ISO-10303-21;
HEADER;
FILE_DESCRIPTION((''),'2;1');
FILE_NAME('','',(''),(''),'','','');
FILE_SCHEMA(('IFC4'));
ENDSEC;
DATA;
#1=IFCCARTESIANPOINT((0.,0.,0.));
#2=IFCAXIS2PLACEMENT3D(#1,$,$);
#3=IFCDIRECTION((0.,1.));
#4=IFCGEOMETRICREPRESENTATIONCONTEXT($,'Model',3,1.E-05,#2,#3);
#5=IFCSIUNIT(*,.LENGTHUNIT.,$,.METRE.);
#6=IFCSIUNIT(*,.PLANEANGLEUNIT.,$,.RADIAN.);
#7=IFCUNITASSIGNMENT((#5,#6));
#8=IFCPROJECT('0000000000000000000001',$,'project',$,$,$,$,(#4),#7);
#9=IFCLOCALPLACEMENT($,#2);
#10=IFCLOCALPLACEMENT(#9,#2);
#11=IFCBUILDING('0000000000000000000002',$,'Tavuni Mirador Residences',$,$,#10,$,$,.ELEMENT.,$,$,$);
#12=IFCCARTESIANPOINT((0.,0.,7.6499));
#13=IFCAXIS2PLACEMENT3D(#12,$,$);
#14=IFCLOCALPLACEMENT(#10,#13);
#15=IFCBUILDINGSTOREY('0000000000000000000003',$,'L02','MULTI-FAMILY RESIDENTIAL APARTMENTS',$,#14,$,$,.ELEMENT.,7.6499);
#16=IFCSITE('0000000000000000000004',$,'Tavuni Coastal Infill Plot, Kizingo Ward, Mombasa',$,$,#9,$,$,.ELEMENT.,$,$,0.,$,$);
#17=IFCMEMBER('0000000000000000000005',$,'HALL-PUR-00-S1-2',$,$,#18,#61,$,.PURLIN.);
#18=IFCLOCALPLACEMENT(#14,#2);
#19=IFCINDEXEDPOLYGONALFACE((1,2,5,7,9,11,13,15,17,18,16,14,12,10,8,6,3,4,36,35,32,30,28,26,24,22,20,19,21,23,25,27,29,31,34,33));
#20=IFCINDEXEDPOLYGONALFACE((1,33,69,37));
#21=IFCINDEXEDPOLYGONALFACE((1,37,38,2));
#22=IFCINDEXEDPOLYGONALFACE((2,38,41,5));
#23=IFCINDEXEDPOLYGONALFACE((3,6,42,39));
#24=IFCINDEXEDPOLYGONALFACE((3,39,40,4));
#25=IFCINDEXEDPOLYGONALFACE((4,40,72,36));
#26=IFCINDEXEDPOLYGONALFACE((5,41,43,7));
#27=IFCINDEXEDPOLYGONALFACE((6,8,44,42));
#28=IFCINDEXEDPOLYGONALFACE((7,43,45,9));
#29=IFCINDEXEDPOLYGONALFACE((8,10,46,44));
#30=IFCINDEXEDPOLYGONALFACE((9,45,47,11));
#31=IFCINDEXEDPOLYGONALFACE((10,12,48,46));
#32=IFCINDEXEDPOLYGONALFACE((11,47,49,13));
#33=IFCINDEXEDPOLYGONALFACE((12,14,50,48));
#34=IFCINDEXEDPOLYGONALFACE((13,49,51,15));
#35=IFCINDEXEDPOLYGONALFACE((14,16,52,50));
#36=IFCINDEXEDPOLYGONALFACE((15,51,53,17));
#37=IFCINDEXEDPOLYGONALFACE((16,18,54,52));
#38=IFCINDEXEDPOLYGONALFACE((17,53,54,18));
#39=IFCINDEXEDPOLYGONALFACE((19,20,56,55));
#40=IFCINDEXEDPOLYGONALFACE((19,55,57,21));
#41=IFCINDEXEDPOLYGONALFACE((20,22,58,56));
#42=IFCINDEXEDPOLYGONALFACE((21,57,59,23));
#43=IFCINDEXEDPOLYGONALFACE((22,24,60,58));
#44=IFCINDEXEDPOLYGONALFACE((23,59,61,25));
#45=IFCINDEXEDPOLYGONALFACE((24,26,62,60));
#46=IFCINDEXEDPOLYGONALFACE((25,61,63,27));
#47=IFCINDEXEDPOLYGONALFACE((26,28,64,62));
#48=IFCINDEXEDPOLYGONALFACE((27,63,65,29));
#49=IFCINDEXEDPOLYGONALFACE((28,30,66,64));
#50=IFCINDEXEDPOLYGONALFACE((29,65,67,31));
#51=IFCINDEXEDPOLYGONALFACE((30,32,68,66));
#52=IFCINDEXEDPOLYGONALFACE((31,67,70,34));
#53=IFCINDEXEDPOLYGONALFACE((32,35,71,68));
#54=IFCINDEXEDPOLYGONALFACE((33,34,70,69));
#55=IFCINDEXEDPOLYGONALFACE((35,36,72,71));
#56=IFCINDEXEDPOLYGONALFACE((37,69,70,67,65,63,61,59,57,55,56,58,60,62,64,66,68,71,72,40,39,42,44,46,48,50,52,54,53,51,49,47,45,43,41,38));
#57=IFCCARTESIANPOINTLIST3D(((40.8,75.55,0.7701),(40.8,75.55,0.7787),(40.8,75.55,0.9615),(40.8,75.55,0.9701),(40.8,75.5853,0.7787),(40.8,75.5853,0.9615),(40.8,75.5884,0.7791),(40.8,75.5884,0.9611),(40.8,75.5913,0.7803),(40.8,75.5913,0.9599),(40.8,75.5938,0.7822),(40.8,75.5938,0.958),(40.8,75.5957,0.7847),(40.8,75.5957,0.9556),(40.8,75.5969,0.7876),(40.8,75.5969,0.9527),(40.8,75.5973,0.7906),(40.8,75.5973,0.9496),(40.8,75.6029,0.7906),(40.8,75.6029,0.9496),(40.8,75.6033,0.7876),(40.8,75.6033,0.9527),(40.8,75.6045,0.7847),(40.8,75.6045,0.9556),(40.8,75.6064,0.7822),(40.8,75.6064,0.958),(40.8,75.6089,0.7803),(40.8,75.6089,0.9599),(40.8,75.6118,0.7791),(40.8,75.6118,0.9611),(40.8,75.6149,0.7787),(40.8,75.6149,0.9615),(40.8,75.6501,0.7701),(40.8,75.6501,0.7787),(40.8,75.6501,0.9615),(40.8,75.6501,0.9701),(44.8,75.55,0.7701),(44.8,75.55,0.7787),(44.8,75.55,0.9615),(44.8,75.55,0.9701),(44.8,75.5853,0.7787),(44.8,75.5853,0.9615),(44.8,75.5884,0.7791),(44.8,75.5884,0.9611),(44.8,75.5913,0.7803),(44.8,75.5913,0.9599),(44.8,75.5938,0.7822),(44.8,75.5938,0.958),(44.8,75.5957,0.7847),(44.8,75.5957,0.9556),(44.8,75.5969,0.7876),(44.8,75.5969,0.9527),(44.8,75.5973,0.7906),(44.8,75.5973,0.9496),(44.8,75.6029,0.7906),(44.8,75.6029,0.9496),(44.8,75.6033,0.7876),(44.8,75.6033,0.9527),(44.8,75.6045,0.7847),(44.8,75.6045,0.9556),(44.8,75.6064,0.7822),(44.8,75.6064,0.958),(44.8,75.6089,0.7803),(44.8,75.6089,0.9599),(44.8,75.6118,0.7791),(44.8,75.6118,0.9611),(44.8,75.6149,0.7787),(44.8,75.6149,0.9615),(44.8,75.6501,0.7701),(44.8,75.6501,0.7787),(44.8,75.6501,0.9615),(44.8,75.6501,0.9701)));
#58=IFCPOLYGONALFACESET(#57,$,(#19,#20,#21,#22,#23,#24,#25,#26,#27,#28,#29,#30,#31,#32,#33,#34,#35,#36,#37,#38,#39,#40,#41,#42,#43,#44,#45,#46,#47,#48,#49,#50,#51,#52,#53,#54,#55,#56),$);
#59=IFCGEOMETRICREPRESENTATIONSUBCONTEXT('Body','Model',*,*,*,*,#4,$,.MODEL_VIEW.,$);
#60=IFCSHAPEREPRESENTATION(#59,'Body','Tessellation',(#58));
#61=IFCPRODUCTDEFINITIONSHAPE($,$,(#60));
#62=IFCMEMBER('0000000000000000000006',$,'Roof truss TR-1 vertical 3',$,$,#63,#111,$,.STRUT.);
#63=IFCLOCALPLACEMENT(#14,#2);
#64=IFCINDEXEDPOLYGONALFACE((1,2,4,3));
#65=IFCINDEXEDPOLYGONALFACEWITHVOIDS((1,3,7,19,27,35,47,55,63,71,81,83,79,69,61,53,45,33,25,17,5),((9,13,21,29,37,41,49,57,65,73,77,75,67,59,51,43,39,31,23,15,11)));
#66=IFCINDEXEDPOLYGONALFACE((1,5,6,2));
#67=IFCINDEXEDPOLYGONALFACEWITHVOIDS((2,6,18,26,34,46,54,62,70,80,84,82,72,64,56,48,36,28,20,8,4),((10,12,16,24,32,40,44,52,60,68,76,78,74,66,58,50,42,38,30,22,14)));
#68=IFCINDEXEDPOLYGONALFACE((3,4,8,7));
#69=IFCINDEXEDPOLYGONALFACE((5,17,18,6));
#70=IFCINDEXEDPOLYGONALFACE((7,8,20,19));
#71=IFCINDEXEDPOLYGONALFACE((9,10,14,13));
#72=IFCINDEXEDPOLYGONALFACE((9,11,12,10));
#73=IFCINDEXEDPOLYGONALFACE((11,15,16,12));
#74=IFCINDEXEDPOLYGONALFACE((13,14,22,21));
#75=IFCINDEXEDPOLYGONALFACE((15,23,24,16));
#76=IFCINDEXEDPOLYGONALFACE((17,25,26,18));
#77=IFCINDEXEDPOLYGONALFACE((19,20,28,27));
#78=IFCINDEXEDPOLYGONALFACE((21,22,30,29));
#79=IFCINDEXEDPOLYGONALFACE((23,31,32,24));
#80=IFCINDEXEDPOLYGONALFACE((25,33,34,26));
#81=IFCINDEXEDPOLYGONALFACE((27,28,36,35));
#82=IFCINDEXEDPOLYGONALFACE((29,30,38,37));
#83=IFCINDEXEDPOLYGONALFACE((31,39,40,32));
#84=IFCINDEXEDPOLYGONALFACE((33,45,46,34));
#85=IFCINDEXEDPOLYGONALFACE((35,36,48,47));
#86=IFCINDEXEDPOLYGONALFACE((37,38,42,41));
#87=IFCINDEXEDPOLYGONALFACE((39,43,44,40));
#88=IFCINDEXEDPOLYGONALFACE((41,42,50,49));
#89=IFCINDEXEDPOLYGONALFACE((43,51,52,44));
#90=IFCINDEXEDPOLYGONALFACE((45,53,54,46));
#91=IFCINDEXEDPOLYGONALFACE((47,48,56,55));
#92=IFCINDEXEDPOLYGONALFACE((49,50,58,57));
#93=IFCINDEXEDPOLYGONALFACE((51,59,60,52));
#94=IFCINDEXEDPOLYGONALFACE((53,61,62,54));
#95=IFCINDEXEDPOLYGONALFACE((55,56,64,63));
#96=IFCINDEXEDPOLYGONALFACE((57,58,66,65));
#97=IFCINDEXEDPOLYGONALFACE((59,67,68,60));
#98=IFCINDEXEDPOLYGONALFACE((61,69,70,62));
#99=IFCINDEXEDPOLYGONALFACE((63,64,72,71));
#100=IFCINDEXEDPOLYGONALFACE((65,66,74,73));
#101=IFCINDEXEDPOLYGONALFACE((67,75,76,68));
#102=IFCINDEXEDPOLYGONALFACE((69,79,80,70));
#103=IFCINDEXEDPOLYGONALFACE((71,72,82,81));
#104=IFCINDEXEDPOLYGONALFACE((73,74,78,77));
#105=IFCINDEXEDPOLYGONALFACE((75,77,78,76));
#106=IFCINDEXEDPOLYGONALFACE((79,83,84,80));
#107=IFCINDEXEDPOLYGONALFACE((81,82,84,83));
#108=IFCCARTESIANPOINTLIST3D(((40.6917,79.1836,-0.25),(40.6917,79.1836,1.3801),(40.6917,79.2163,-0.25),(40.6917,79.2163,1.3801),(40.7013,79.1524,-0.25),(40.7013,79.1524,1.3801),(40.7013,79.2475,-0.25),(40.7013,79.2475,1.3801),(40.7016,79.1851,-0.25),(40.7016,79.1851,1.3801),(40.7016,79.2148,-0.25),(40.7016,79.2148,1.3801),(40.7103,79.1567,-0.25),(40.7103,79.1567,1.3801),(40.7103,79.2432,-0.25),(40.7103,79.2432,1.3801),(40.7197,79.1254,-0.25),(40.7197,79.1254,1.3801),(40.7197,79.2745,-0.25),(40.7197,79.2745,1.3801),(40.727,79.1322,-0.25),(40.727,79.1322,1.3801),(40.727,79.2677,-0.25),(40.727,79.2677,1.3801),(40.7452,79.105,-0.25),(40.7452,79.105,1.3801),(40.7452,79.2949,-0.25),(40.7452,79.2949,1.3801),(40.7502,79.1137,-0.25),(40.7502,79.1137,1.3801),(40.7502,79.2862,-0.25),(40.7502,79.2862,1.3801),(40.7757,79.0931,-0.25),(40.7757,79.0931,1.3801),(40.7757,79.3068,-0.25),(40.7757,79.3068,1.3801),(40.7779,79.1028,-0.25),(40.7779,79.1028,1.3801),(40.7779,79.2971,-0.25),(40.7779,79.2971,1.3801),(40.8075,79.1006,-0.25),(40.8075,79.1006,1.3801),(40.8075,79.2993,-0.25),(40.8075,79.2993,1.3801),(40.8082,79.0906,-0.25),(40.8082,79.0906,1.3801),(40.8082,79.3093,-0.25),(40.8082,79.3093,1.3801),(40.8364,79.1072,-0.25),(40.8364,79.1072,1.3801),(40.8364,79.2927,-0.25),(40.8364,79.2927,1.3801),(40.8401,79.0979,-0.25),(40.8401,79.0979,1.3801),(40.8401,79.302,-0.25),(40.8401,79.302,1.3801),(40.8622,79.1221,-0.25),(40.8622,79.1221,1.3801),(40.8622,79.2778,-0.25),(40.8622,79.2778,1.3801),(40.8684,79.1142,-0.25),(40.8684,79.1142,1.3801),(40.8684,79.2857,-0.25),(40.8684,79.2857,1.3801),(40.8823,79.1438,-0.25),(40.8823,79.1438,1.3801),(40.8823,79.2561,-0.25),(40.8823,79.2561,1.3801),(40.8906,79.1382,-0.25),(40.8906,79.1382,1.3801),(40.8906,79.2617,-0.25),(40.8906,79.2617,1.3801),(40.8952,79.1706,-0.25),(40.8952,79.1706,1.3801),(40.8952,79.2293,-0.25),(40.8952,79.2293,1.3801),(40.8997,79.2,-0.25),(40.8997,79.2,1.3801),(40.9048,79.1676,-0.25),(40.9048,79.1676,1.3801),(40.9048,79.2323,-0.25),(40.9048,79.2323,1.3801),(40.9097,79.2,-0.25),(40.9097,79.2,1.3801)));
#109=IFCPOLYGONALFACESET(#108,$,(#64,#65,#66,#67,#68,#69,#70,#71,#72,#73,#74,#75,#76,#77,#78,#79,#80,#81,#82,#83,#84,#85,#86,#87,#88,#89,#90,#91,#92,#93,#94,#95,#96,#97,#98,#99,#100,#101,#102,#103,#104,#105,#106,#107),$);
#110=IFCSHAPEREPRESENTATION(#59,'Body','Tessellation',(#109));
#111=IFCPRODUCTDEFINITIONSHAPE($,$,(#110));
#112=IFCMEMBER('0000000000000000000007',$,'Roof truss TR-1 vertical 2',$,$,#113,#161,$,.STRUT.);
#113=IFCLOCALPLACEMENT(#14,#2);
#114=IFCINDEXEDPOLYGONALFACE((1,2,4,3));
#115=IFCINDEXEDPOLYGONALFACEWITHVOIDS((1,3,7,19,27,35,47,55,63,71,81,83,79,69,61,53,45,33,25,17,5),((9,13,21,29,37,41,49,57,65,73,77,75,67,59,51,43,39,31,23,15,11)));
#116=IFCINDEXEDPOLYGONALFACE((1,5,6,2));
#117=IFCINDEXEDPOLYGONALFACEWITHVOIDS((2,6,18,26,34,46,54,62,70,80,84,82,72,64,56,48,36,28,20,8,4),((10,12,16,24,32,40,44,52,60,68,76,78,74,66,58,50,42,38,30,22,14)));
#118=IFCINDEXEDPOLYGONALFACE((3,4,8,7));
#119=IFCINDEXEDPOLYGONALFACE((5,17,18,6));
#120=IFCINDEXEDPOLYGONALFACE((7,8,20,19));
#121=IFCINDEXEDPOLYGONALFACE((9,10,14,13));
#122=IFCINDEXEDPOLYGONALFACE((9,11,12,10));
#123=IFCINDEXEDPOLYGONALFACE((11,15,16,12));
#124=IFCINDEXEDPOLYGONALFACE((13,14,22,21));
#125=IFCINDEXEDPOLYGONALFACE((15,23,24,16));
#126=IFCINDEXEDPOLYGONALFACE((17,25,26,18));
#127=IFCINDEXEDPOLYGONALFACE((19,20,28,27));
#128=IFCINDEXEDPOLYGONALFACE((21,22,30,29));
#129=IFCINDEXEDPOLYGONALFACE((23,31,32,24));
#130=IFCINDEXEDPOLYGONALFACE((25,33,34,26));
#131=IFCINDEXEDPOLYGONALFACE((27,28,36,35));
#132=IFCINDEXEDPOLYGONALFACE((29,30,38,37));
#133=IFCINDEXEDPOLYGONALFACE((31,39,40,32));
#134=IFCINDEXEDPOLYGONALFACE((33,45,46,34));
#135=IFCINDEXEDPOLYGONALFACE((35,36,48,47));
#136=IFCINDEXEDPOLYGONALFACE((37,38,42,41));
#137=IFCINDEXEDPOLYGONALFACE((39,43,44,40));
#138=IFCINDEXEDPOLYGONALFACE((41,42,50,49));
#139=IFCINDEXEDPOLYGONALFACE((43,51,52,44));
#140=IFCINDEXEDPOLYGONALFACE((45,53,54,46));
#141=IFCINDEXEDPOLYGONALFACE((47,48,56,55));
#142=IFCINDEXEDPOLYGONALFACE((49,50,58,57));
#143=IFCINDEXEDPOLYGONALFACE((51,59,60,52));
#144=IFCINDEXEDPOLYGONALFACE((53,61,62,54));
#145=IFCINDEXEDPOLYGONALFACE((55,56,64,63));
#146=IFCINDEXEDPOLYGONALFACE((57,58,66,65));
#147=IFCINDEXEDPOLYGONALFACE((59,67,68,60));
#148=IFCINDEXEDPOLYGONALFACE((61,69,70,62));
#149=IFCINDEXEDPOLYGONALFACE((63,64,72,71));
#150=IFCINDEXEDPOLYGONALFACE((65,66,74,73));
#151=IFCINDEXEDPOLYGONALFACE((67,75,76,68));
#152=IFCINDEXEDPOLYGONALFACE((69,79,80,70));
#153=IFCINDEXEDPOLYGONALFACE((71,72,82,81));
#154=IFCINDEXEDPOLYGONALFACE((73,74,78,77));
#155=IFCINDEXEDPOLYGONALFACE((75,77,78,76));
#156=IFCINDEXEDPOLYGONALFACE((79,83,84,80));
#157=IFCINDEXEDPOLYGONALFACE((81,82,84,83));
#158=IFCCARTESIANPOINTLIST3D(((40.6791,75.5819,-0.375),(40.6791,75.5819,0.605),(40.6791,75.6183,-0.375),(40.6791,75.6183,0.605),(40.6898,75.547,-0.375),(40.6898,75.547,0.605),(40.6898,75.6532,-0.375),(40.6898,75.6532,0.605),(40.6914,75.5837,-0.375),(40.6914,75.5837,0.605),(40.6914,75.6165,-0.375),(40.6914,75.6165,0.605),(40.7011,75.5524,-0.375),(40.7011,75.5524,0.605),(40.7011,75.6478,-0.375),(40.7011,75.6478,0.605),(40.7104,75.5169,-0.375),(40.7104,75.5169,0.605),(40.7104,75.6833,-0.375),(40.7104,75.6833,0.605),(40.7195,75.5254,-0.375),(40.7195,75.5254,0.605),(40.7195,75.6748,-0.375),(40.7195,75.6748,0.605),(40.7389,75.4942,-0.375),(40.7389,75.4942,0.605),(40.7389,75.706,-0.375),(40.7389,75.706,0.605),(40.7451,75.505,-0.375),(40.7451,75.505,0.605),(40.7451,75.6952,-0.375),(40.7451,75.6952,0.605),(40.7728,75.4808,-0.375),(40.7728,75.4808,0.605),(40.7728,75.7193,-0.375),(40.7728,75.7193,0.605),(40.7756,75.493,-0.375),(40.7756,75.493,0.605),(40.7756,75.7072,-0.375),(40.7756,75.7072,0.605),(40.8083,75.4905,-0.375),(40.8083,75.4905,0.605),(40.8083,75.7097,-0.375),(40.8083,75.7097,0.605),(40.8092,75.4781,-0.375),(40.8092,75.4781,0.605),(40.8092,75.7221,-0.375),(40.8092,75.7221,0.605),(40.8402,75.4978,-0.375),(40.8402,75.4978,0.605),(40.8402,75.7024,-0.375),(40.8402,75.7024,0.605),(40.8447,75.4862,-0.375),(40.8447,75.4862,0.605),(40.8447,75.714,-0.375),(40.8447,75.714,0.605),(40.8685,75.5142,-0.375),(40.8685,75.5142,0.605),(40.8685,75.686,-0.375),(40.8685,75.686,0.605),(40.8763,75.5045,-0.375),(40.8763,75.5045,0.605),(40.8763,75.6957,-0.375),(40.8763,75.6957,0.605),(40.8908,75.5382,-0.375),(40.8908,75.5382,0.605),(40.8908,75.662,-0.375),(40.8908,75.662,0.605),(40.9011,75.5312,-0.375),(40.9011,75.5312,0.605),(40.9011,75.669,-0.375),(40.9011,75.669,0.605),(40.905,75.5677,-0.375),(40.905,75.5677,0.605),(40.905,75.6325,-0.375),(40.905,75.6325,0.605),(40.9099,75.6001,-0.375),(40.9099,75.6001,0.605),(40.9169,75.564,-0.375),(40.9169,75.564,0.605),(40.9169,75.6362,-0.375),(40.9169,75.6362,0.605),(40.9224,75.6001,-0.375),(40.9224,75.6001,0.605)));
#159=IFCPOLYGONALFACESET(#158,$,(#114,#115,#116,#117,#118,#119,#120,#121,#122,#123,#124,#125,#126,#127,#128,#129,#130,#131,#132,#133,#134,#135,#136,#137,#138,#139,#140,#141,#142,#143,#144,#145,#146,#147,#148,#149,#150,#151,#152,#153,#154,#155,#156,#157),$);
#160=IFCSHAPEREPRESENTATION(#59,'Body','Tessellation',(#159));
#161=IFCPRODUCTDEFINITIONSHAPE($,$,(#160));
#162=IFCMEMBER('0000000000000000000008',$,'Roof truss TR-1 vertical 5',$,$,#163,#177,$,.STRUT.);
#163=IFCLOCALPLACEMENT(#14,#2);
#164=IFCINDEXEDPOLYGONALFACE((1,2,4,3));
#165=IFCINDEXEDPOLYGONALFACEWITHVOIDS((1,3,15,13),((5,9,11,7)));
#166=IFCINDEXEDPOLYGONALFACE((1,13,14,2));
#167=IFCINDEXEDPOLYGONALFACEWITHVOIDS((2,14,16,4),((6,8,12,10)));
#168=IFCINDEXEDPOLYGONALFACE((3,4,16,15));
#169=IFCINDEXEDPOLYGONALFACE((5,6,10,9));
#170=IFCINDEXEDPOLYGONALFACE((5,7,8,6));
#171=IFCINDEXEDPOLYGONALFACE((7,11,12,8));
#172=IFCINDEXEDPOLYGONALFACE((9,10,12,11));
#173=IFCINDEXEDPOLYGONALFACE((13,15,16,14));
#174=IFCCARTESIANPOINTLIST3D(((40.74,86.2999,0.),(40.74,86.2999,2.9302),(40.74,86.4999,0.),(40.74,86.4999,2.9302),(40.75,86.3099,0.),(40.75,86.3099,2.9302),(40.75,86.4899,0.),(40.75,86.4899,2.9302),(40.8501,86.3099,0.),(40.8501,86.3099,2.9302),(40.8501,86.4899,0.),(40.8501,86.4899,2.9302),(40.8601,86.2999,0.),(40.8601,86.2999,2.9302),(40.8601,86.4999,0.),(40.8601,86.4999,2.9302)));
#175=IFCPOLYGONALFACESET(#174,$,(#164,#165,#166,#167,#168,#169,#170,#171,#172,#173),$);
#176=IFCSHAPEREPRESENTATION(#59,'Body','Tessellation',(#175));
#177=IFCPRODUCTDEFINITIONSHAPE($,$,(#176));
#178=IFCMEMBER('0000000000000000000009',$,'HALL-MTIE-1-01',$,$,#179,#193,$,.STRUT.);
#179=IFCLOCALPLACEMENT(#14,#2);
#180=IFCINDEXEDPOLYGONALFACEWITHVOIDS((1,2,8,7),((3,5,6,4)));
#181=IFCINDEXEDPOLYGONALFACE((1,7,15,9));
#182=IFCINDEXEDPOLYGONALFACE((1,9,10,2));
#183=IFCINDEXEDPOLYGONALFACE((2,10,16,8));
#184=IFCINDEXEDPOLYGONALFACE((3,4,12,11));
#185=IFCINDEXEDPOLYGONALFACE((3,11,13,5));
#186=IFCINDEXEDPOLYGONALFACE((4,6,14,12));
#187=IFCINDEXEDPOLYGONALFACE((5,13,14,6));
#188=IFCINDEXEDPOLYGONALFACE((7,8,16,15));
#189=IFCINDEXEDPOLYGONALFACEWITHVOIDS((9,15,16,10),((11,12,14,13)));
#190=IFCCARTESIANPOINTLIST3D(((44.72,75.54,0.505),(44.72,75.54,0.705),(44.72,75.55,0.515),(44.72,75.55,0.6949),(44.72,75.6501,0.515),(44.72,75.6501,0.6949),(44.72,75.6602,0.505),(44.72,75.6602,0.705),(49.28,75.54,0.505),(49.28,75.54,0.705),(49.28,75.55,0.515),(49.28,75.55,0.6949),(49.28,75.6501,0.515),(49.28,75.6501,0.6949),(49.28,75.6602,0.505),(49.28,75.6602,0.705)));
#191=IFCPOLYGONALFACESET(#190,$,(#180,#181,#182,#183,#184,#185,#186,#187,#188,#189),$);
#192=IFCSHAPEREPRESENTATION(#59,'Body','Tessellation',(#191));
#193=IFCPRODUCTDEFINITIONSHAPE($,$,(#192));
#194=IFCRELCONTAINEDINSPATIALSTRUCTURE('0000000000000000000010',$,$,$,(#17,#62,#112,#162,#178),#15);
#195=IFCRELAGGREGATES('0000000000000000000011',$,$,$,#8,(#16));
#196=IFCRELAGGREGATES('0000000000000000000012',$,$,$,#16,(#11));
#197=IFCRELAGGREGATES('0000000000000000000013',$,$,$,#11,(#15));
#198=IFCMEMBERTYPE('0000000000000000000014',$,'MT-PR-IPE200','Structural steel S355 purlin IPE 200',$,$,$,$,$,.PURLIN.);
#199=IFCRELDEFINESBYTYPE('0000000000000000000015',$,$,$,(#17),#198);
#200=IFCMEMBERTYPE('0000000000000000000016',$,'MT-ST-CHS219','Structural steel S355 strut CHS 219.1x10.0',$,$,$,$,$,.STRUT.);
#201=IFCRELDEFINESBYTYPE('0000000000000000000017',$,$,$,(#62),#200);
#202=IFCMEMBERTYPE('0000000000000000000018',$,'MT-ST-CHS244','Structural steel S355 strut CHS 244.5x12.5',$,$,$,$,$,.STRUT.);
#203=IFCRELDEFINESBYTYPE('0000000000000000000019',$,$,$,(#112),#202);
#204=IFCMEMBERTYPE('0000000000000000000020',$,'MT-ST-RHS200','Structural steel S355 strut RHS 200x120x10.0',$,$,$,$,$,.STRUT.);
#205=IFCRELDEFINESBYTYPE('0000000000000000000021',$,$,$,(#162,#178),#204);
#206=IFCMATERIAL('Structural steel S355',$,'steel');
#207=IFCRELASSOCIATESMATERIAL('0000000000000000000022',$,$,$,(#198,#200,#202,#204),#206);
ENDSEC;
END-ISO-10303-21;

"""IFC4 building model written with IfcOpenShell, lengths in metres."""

from ifc_helpers import new_model, si_unit, direction, frame, origin, origin_2d, place, context, subcontext, project, spatial, hollow_rectangle, hollow_circle, i_section, extrude, material, material_profile, profile_set, type_object, element, save


model = new_model("IFC4")

# Units and contexts
model_context = context("Model", 3, precision=1e-05, world=origin(), true_north=direction((0.0, 1.0)))
body_context = subcontext(model_context, "Body", "Model", "MODEL_VIEW")
ifc_project = project(units=[si_unit("LENGTHUNIT", "METRE"), si_unit("PLANEANGLEUNIT", "RADIAN")], contexts=[model_context])

# Site, building, storey
site_placement = place(None, origin())
site = spatial("IfcSite", under=ifc_project, at=site_placement, Name="Tavuni Coastal Infill Plot, Kizingo Ward, Mombasa", CompositionType="ELEMENT", RefElevation=0.0)
building_placement = place(site_placement, origin())
building = spatial("IfcBuilding", under=site, at=building_placement, Name="Tavuni Mirador Residences", CompositionType="ELEMENT")
storey_placement = place(building_placement, frame((0.0, 0.0, 7.6499)))
storey = spatial("IfcBuildingStorey", under=building, at=storey_placement, Name="L02", Description="MULTI-FAMILY RESIDENTIAL APARTMENTS", CompositionType="ELEMENT", Elevation=7.6499)

# Members
ifc_material_1 = material(Name="Structural steel S355", Category="steel")
ifc_material_profile_1 = material_profile(ifc_material_1, i_section(OverallWidth=0.1001, OverallDepth=0.2, WebThickness=0.0056, FlangeThickness=0.0085, FilletRadius=0.012, at=origin_2d()), Name="IPE 200", Category="steel")
ifc_profile_set_1 = profile_set([ifc_material_profile_1], Name="Structural steel S355")
member_type_1 = type_object("IfcMemberType", Name="MT-PR-IPE200", Description="Structural steel S355 purlin IPE 200", PredefinedType="PURLIN", material=ifc_profile_set_1)
member_1_placement = place(storey_placement, frame((40.8, 75.6001, 0.8701), z_axis=(1.0, 0.0, 0.0), x_axis=(0.0, 1.0, 0.0)))
element("IfcMember", 1, at=member_1_placement, inside=storey, type_object=member_type_1, Name="HALL-PUR-00-S1-2", PredefinedType="PURLIN", context=body_context, shape_type="SweptSolid", body=[
    extrude(i_section(OverallWidth=0.1001, OverallDepth=0.2, WebThickness=0.0056, FlangeThickness=0.0085, FilletRadius=0.012, at=origin_2d()), origin(), (0.0, 0.0, 1.0), 4.0),
])
ifc_material_profile_2 = material_profile(ifc_material_1, hollow_circle(Radius=0.1096, WallThickness=0.01, at=origin_2d()), Name="CHS 219.1x10.0", Category="steel")
ifc_profile_set_2 = profile_set([ifc_material_profile_2], Name="Structural steel S355")
member_type_2 = type_object("IfcMemberType", Name="MT-ST-CHS219", Description="Structural steel S355 strut CHS 219.1x10.0", PredefinedType="STRUT", material=ifc_profile_set_2)
member_2_placement = place(storey_placement, frame((40.8, 79.2, -0.25), z_axis=(0.0, 0.0, 1.0), x_axis=(1.0, 0.0, 0.0)))
element("IfcMember", 2, at=member_2_placement, inside=storey, type_object=member_type_2, Name="Roof truss TR-1 vertical 3", PredefinedType="STRUT", context=body_context, shape_type="SweptSolid", body=[
    extrude(hollow_circle(Radius=0.1096, WallThickness=0.01, at=origin_2d()), origin(), (0.0, 0.0, 1.0), 1.6301),
])
ifc_material_profile_3 = material_profile(ifc_material_1, hollow_circle(Radius=0.1223, WallThickness=0.0125, at=origin_2d()), Name="CHS 244.5x12.5", Category="steel")
ifc_profile_set_3 = profile_set([ifc_material_profile_3], Name="Structural steel S355")
member_type_3 = type_object("IfcMemberType", Name="MT-ST-CHS244", Description="Structural steel S355 strut CHS 244.5x12.5", PredefinedType="STRUT", material=ifc_profile_set_3)
member_3_placement = place(storey_placement, frame((40.8, 75.6001, -0.375), z_axis=(0.0, 0.0, 1.0), x_axis=(1.0, 0.0, 0.0)))
element("IfcMember", 3, at=member_3_placement, inside=storey, type_object=member_type_3, Name="Roof truss TR-1 vertical 2", PredefinedType="STRUT", context=body_context, shape_type="SweptSolid", body=[
    extrude(hollow_circle(Radius=0.1223, WallThickness=0.0125, at=origin_2d()), origin(), (0.0, 0.0, 1.0), 0.98),
])
ifc_material_profile_4 = material_profile(ifc_material_1, hollow_rectangle(XDim=0.1201, YDim=0.2, WallThickness=0.01, at=origin_2d()), Name="RHS 200x120x10.0", Category="steel")
ifc_profile_set_4 = profile_set([ifc_material_profile_4], Name="Structural steel S355")
member_type_4 = type_object("IfcMemberType", Name="MT-ST-RHS200", Description="Structural steel S355 strut RHS 200x120x10.0", PredefinedType="STRUT", material=ifc_profile_set_4)
member_4_placement = place(storey_placement, frame((40.8, 86.3999, 0.0), z_axis=(0.0, 0.0, 1.0), x_axis=(1.0, 0.0, 0.0)))
element("IfcMember", 4, at=member_4_placement, inside=storey, type_object=member_type_4, Name="Roof truss TR-1 vertical 5", PredefinedType="STRUT", context=body_context, shape_type="SweptSolid", body=[
    extrude(hollow_rectangle(XDim=0.1201, YDim=0.2, WallThickness=0.01, at=origin_2d()), origin(), (0.0, 0.0, 1.0), 2.9302),
])
for number, where, z_axis, x_axis, name in (
    (5, (44.72, 75.6001, 0.605), (1.0, 0.0, 0.0), (0.0, 1.0, 0.0), "HALL-MTIE-1-01"),
):
    element("IfcMember", number, at=place(storey_placement, frame(where, z_axis=z_axis, x_axis=x_axis)), inside=storey, type_object=member_type_4, Name=name, PredefinedType="STRUT", context=body_context, shape_type="SweptSolid", body=[
        extrude(hollow_rectangle(XDim=0.1201, YDim=0.2, WallThickness=0.01, at=origin_2d()), origin(), (0.0, 0.0, 1.0), 4.5601),
    ])

save(model, "model.ifc")
